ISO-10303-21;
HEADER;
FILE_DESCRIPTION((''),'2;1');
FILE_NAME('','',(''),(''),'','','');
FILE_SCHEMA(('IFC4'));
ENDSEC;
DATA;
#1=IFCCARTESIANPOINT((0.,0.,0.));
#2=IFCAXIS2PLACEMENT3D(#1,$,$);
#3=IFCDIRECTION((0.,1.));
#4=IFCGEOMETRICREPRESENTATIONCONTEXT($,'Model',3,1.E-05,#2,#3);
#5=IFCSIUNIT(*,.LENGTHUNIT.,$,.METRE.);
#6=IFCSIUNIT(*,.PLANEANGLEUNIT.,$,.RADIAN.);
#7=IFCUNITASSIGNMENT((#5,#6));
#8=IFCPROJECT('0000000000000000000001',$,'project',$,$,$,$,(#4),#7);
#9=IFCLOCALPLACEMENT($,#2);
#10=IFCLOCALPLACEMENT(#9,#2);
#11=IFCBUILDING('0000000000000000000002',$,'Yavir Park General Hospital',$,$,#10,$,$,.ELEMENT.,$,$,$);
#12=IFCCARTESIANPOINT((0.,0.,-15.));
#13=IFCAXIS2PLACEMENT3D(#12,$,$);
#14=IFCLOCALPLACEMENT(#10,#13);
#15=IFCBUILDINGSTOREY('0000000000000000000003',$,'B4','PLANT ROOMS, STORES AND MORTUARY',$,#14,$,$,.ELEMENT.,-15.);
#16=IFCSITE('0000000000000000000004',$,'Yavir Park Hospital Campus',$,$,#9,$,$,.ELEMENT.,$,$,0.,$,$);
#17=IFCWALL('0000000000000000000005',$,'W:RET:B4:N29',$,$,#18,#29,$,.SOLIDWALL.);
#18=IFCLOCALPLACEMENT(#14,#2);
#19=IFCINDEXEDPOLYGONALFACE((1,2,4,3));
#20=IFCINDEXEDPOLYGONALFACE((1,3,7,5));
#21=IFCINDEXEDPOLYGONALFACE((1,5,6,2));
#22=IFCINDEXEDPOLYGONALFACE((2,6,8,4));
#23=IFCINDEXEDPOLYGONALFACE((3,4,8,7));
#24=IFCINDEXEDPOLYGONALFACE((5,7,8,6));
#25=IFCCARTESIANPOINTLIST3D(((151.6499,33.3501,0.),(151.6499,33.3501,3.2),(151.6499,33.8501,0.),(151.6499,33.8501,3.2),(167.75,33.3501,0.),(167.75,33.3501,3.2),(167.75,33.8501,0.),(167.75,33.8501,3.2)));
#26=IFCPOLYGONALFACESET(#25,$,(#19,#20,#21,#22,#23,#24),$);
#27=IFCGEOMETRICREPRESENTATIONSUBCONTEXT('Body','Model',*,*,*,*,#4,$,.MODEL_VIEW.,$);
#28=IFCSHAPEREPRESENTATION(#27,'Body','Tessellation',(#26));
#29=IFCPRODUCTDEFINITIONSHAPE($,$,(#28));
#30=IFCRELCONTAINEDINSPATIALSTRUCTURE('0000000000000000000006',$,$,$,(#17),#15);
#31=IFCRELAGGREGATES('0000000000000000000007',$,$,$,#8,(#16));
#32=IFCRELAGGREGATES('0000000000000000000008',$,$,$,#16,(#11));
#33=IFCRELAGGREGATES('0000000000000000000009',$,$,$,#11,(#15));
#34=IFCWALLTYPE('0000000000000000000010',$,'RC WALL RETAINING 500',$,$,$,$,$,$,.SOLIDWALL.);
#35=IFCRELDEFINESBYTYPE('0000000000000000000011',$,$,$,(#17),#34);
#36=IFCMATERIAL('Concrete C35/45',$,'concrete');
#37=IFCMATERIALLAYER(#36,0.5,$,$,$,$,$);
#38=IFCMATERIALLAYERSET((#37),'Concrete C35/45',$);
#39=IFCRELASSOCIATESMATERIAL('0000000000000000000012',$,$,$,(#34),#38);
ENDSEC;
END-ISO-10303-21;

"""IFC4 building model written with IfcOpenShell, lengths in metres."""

from ifc_helpers import new_model, si_unit, direction, frame, frame_2d, origin, place, context, subcontext, project, spatial, rectangle, extrude, material, layer, layer_set, type_object, element, save


model = new_model("IFC4")

# Units and contexts
model_context = context("Model", 3, precision=1e-05, world=origin(), true_north=direction((0.0, 1.0)))
body_context = subcontext(model_context, "Body", "Model", "MODEL_VIEW")
ifc_project = project(units=[si_unit("LENGTHUNIT", "METRE"), si_unit("PLANEANGLEUNIT", "RADIAN")], contexts=[model_context])

# Site, building, storey
site_placement = place(None, origin())
site = spatial("IfcSite", under=ifc_project, at=site_placement, Name="Yavir Park Hospital Campus", CompositionType="ELEMENT", RefElevation=0.0)
building_placement = place(site_placement, origin())
building = spatial("IfcBuilding", under=site, at=building_placement, Name="Yavir Park General Hospital", CompositionType="ELEMENT")
storey_placement = place(building_placement, frame((0.0, 0.0, -15.0)))
storey = spatial("IfcBuildingStorey", under=building, at=storey_placement, Name="B4", Description="PLANT ROOMS, STORES AND MORTUARY", CompositionType="ELEMENT", Elevation=-15.0)

# Wall
ifc_material_1 = material(Name="Concrete C35/45", Category="concrete")
ifc_layer_1 = layer(ifc_material_1, 0.5)
ifc_layer_set_1 = layer_set([ifc_layer_1], Name="Concrete C35/45")
wall_type_1 = type_object("IfcWallType", Name="RC WALL RETAINING 500", PredefinedType="SOLIDWALL", material=ifc_layer_set_1)
wall_1_placement = place(storey_placement, frame((151.6499, 33.6001, 0.0), z_axis=(0.0, 0.0, 1.0), x_axis=(1.0, 0.0, 0.0)))
element("IfcWall", 1, at=wall_1_placement, inside=storey, type_object=wall_type_1, Name="W:RET:B4:N29", PredefinedType="SOLIDWALL", context=body_context, shape_type="SweptSolid", body=[
    extrude(rectangle(XDim=16.1001, YDim=0.5, at=frame_2d((8.05, 0.0))), origin(), (0.0, 0.0, 1.0), 3.2),
])

save(model, "model.ifc")
